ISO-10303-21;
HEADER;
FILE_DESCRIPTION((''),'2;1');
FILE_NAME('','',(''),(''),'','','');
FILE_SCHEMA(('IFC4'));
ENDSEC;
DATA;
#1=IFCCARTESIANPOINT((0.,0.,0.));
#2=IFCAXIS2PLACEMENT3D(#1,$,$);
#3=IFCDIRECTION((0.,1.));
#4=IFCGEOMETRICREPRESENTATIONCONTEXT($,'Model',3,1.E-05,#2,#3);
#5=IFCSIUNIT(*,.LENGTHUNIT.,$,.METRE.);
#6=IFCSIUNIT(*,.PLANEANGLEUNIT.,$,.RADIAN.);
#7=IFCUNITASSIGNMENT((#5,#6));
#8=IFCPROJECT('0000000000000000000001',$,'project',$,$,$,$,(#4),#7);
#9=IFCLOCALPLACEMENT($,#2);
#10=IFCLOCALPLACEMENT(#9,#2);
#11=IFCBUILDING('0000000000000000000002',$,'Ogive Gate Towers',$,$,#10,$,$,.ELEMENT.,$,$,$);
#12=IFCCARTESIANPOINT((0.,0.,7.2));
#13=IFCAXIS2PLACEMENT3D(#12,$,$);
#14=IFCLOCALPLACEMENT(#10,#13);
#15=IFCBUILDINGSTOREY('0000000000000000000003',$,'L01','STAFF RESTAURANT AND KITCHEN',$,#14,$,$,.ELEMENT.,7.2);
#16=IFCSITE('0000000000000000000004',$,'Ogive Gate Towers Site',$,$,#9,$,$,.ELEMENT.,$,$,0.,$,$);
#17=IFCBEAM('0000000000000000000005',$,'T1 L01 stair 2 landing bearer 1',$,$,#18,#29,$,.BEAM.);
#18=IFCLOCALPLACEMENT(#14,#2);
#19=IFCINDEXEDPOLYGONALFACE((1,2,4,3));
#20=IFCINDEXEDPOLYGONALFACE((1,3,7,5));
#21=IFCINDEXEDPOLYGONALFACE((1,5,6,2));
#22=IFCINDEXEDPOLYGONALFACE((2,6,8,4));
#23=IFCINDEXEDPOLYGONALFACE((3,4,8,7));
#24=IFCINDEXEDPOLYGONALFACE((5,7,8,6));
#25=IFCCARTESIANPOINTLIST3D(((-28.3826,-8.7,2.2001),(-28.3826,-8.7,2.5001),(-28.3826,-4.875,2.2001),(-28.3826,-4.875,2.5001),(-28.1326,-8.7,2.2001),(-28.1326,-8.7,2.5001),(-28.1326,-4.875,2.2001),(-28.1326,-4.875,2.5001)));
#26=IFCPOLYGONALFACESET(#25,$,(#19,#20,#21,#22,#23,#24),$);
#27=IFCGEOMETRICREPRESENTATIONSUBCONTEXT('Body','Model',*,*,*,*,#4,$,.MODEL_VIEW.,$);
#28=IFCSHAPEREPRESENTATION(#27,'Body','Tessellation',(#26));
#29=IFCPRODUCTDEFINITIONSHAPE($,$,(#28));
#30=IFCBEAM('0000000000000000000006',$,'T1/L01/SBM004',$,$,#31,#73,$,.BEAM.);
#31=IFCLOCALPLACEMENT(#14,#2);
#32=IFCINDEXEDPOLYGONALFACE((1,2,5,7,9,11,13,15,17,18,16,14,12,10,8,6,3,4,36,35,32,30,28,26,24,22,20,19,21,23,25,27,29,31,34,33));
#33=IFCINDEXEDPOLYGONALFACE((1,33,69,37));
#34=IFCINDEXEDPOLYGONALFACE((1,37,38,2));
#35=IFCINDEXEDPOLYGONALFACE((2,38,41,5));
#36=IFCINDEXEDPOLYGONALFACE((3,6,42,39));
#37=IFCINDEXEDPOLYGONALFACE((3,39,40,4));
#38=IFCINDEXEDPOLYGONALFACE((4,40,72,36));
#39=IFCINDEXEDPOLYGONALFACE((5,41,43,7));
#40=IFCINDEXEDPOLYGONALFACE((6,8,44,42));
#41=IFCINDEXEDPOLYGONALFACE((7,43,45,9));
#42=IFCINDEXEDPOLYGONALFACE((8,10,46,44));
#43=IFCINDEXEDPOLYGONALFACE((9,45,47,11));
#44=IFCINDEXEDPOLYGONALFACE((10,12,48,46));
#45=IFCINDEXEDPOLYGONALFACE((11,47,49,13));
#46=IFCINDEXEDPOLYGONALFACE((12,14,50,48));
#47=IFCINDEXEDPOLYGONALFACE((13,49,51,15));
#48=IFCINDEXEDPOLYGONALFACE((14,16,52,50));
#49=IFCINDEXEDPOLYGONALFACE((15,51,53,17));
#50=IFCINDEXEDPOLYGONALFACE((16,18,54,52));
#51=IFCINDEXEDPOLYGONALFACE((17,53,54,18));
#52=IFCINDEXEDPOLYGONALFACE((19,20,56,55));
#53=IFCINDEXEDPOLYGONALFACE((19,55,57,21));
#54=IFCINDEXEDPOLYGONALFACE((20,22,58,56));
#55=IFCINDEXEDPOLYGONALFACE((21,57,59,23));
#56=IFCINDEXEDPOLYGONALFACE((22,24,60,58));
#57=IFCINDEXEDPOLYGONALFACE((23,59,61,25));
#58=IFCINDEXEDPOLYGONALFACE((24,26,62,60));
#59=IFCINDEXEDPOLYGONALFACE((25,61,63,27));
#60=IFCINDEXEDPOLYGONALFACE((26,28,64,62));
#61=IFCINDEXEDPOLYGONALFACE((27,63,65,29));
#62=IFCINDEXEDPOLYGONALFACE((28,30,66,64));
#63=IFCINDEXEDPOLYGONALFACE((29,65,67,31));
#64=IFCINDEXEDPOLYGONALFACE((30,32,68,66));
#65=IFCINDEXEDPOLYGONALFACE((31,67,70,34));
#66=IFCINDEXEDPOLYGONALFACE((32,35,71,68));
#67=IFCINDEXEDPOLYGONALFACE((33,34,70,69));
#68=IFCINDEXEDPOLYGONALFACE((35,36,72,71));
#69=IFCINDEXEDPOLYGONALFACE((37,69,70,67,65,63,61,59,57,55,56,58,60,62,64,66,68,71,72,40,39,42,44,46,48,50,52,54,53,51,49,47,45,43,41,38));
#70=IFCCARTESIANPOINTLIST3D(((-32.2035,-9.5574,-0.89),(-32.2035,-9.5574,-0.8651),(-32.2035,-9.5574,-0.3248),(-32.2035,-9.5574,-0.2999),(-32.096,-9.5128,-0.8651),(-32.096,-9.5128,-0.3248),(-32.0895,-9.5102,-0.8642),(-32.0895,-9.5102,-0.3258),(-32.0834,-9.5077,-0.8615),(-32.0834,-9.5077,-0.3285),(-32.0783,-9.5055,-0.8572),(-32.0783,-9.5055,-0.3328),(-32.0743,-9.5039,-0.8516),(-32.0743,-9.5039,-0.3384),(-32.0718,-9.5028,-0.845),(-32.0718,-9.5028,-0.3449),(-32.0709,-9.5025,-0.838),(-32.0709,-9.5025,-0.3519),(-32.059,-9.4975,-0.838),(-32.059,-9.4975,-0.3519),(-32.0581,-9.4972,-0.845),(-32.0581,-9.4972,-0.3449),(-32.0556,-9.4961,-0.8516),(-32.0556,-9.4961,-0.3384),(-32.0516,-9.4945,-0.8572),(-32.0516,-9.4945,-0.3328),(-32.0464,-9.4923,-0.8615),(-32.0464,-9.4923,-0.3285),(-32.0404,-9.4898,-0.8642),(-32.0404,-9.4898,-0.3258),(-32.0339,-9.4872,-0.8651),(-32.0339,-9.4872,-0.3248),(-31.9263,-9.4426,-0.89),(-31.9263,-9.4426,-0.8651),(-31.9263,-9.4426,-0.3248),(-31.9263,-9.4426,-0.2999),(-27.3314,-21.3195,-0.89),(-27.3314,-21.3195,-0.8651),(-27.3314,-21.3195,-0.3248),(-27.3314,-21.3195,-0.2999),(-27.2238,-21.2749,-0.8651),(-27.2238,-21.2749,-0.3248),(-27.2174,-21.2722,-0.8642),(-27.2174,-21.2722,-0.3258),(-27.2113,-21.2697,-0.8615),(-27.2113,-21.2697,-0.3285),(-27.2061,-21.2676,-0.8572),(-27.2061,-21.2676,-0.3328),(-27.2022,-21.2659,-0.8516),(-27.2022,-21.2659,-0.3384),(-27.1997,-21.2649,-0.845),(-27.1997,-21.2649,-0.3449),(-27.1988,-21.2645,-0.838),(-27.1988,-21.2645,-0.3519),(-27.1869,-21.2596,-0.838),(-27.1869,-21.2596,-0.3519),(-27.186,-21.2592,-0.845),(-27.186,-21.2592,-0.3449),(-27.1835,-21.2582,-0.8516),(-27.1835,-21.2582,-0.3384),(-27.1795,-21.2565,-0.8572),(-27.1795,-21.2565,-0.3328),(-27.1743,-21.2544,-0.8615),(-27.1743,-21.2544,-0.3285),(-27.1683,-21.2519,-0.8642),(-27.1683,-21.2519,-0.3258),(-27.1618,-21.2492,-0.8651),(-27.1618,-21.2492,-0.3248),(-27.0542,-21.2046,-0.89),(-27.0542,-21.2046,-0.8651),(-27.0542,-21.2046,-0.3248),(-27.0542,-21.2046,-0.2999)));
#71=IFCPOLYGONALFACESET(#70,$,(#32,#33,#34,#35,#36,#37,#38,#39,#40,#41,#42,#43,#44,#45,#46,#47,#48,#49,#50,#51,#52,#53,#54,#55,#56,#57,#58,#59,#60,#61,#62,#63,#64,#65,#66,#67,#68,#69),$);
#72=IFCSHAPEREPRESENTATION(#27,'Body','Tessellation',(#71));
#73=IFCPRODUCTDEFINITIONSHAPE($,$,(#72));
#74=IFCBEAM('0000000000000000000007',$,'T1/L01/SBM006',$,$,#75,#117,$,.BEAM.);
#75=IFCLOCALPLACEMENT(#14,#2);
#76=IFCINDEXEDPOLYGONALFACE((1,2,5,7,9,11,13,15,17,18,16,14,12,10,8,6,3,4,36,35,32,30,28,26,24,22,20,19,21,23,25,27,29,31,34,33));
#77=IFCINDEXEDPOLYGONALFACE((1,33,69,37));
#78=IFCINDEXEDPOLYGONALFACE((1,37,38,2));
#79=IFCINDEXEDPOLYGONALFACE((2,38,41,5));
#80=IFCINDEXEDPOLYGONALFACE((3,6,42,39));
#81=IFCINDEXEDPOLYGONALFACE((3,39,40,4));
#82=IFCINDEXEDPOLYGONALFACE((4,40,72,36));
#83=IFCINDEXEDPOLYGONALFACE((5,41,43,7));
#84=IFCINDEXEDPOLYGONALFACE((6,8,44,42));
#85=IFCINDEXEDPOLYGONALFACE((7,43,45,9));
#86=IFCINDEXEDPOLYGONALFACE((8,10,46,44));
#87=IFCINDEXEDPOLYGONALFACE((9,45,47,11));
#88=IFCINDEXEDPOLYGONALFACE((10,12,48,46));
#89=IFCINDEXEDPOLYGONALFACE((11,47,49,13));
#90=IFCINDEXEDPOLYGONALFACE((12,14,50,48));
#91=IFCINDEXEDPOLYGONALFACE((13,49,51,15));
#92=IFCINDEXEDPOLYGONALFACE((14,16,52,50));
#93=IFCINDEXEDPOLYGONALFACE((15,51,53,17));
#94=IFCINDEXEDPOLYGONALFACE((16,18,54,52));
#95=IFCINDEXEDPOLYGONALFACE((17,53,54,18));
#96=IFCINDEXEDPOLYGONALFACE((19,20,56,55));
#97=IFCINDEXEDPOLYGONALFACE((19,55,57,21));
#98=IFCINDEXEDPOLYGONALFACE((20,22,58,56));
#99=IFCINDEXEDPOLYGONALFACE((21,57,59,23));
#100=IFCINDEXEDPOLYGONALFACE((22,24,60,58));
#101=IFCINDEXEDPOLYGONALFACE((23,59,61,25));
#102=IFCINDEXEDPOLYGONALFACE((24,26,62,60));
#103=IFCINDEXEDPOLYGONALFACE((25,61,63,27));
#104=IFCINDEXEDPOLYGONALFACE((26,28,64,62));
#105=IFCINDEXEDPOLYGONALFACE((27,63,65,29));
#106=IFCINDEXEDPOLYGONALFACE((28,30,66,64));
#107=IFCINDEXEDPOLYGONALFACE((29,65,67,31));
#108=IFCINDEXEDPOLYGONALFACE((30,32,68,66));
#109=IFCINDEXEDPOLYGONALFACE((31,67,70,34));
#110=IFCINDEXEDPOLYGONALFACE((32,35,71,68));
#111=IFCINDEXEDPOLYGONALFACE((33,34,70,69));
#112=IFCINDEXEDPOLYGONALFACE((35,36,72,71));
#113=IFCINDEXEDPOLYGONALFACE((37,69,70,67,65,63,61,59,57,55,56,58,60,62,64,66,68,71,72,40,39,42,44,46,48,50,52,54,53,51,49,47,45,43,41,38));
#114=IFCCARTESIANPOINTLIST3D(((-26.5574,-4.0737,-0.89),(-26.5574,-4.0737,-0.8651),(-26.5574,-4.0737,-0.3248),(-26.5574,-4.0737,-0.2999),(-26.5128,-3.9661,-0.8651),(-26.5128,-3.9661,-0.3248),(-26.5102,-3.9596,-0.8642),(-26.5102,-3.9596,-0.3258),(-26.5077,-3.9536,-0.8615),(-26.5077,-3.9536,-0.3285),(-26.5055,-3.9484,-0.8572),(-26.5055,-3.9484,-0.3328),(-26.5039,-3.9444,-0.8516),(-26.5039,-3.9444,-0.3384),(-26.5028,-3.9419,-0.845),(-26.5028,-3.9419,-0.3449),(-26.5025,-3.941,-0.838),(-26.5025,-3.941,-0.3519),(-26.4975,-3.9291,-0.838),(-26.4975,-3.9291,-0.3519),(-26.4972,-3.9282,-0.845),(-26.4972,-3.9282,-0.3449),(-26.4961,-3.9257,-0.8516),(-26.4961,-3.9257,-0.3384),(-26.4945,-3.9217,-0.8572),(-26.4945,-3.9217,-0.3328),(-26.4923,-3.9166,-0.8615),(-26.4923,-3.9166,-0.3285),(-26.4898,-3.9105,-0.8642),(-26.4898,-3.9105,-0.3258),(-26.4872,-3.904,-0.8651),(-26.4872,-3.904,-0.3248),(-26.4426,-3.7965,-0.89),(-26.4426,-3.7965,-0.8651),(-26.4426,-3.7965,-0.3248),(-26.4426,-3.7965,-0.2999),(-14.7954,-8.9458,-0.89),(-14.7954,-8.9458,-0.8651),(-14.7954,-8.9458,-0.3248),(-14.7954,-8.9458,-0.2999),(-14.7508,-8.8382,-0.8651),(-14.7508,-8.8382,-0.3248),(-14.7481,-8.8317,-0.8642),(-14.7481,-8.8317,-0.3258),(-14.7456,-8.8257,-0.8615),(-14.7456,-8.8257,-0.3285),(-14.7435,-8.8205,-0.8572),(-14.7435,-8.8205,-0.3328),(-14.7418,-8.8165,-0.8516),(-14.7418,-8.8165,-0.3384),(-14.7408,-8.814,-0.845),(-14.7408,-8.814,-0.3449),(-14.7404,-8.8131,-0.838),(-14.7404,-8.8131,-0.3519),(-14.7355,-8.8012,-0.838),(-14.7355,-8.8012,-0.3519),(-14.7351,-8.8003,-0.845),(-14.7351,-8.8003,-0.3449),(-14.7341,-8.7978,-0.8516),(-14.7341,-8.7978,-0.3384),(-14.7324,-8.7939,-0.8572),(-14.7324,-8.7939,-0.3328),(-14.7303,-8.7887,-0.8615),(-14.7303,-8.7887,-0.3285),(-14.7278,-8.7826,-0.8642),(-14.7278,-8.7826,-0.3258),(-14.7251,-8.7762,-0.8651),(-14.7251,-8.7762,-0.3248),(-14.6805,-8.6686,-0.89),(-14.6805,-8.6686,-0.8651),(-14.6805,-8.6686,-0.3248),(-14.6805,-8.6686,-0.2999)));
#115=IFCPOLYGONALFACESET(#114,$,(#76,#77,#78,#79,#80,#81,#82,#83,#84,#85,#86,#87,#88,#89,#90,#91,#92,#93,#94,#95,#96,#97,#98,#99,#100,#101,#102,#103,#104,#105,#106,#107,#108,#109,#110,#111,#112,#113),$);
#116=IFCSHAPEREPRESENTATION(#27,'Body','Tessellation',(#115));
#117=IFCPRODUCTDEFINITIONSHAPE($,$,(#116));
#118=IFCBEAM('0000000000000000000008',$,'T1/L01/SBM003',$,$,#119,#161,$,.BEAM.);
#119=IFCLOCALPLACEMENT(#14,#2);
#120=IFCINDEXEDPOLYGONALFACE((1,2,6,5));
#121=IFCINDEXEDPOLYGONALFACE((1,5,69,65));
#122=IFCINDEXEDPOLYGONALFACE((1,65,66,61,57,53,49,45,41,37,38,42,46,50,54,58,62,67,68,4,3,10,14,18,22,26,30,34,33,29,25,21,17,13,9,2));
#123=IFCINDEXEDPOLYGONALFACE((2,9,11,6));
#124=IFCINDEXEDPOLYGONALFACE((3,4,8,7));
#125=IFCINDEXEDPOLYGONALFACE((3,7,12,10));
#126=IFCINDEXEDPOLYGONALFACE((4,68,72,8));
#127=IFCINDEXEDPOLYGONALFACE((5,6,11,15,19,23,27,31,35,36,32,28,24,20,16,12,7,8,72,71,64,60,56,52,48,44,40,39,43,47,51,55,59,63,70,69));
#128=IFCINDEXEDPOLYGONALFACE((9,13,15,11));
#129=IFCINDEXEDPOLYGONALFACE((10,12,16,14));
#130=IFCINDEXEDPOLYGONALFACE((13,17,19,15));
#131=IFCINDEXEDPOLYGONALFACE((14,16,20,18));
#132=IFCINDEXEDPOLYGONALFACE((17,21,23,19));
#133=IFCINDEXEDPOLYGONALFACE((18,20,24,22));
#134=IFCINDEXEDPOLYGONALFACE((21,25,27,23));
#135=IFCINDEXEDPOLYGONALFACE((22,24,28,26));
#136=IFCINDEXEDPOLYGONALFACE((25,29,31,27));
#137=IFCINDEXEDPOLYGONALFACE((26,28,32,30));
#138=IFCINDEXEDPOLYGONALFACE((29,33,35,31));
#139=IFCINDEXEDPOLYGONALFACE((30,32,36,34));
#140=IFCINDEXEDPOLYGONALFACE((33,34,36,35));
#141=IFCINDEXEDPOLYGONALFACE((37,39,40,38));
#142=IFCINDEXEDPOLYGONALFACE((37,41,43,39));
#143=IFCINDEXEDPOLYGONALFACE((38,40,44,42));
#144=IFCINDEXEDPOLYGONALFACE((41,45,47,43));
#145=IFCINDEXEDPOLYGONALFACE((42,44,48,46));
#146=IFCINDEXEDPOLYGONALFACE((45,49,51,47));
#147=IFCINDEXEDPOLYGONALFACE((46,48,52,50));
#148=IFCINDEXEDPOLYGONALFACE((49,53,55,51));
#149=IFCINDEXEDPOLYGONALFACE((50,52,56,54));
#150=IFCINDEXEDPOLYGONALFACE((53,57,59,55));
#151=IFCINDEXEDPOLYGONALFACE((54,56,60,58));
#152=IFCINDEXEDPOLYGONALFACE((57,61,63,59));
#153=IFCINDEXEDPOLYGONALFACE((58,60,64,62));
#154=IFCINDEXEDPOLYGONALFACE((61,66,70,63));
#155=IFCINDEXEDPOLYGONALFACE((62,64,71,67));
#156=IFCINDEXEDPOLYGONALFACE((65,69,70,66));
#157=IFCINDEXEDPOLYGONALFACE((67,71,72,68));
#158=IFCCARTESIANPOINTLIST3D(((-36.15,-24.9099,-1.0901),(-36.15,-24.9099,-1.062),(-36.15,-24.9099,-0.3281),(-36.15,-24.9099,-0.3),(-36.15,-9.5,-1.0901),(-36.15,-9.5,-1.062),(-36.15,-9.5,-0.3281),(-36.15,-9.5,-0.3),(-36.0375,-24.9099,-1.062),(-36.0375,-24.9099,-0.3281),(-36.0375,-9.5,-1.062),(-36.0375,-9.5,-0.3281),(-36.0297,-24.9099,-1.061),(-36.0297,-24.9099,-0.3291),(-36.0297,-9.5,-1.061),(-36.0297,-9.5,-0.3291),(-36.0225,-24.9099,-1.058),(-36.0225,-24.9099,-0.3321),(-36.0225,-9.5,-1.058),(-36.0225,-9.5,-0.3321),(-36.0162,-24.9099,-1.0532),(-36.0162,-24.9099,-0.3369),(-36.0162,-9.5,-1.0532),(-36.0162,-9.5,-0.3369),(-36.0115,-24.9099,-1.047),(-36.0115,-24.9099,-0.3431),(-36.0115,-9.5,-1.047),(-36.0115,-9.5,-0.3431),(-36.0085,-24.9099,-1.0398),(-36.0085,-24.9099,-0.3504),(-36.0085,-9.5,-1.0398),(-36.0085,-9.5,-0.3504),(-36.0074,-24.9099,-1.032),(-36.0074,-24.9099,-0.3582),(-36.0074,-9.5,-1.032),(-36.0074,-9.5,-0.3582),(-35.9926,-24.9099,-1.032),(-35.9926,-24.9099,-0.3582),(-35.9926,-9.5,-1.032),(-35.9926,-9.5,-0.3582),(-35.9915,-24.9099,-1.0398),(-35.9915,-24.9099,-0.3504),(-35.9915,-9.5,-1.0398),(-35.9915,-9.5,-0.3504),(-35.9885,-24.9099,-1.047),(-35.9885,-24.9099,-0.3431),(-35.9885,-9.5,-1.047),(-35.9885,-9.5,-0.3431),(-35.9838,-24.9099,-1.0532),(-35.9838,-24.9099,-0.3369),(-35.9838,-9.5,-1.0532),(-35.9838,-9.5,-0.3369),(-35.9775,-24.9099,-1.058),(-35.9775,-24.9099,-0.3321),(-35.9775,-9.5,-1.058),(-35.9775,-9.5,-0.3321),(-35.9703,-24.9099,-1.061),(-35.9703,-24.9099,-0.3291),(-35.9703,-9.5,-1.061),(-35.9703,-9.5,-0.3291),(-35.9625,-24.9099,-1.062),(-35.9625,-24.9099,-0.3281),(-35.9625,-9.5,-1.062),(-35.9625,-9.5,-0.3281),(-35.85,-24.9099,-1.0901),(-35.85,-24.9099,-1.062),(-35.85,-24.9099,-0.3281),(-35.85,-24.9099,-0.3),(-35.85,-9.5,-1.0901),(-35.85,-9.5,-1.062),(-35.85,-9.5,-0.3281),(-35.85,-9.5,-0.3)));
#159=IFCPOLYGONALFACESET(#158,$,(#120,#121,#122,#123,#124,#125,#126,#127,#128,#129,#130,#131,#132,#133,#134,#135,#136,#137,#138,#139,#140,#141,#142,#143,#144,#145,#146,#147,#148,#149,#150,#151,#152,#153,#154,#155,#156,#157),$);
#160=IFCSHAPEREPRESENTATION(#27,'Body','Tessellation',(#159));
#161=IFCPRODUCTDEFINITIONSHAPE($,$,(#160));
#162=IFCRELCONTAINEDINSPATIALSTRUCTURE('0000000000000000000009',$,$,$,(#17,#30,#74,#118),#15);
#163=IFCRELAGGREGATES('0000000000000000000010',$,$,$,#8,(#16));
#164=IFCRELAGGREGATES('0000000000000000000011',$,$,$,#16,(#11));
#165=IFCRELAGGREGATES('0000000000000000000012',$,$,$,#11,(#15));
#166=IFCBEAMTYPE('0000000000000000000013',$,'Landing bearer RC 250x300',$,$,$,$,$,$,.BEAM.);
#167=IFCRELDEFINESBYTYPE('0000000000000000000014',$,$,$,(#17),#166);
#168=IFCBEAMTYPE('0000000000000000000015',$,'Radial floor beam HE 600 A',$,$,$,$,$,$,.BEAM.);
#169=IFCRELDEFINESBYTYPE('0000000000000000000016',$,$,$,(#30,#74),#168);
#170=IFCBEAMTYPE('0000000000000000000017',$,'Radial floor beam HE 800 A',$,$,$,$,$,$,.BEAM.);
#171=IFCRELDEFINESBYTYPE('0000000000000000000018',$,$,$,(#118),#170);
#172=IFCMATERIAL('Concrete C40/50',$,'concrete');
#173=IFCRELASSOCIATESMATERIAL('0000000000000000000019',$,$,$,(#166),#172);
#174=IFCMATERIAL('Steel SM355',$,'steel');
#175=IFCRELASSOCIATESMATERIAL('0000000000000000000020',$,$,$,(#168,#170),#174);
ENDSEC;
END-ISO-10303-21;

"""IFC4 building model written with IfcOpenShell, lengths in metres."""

from ifc_helpers import new_model, si_unit, direction, frame, origin, origin_2d, place, context, subcontext, project, spatial, rectangle, i_section, extrude, material, material_profile, profile_set, type_object, element, save


model = new_model("IFC4")

# Units and contexts
model_context = context("Model", 3, precision=1e-05, world=origin(), true_north=direction((0.0, 1.0)))
body_context = subcontext(model_context, "Body", "Model", "MODEL_VIEW")
ifc_project = project(units=[si_unit("LENGTHUNIT", "METRE"), si_unit("PLANEANGLEUNIT", "RADIAN")], contexts=[model_context])

# Site, building, storey
site_placement = place(None, origin())
site = spatial("IfcSite", under=ifc_project, at=site_placement, Name="Ogive Gate Towers Site", CompositionType="ELEMENT", RefElevation=0.0)
building_placement = place(site_placement, origin())
building = spatial("IfcBuilding", under=site, at=building_placement, Name="Ogive Gate Towers", CompositionType="ELEMENT")
storey_placement = place(building_placement, frame((0.0, 0.0, 7.2)))
storey = spatial("IfcBuildingStorey", under=building, at=storey_placement, Name="L01", Description="STAFF RESTAURANT AND KITCHEN", CompositionType="ELEMENT", Elevation=7.2)

# Beams
ifc_material_1 = material(Name="Concrete C40/50", Category="concrete")
ifc_material_profile_1 = material_profile(ifc_material_1, rectangle(XDim=0.25, YDim=0.3, at=origin_2d()), Name="RC 250x300")
ifc_profile_set_1 = profile_set([ifc_material_profile_1], Name="Concrete C40/50")
beam_type_1 = type_object("IfcBeamType", Name="Landing bearer RC 250x300", PredefinedType="BEAM", material=ifc_profile_set_1)
beam_1_placement = place(storey_placement, frame((-28.2576, -8.7, 2.3501), z_axis=(0.0, 1.0, 0.0), x_axis=(-1.0, 0.0, 0.0)))
element("IfcBeam", 1, at=beam_1_placement, inside=storey, type_object=beam_type_1, Name="T1 L01 stair 2 landing bearer 1", PredefinedType="BEAM", context=body_context, shape_type="SweptSolid", body=[
    extrude(rectangle(XDim=0.25, YDim=0.3, at=origin_2d()), origin(), (0.0, 0.0, 1.0), 3.825),
])
ifc_material_2 = material(Name="Steel SM355", Category="steel")
ifc_material_profile_2 = material_profile(ifc_material_2, i_section(OverallWidth=0.3, OverallDepth=0.5901, WebThickness=0.0129, FlangeThickness=0.0249, FilletRadius=0.0271, at=origin_2d()), Name="HE 600 A")
ifc_profile_set_2 = profile_set([ifc_material_profile_2], Name="Steel SM355")
beam_type_2 = type_object("IfcBeamType", Name="Radial floor beam HE 600 A", PredefinedType="BEAM", material=ifc_profile_set_2)
for number, where, z_axis, x_axis, name in (
    (2, (-32.0649, -9.5, -0.595), (0.382691, -0.923877, 0.0), (0.923877, 0.382691, 0.0), "T1/L01/SBM004"),
    (3, (-26.5, -3.9351, -0.595), (0.923877, -0.382691, 0.0), (0.382691, 0.923877, 0.0), "T1/L01/SBM006"),
):
    element("IfcBeam", number, at=place(storey_placement, frame(where, z_axis=z_axis, x_axis=x_axis)), inside=storey, type_object=beam_type_2, Name=name, PredefinedType="BEAM", context=body_context, shape_type="SweptSolid", body=[
        extrude(i_section(OverallWidth=0.3, OverallDepth=0.5901, WebThickness=0.0129, FlangeThickness=0.0249, FilletRadius=0.0271, at=origin_2d()), origin(), (0.0, 0.0, 1.0), 12.7312),
    ])
ifc_material_profile_3 = material_profile(ifc_material_2, i_section(OverallWidth=0.3, OverallDepth=0.79, WebThickness=0.0149, FlangeThickness=0.0281, FilletRadius=0.03, at=origin_2d()), Name="HE 800 A")
ifc_profile_set_3 = profile_set([ifc_material_profile_3], Name="Steel SM355")
beam_type_3 = type_object("IfcBeamType", Name="Radial floor beam HE 800 A", PredefinedType="BEAM", material=ifc_profile_set_3)
beam_2_placement = place(storey_placement, frame((-36.0, -9.5, -0.6951), z_axis=(0.0, -1.0, 0.0), x_axis=(1.0, 0.0, 0.0)))
element("IfcBeam", 4, at=beam_2_placement, inside=storey, type_object=beam_type_3, Name="T1/L01/SBM003", PredefinedType="BEAM", context=body_context, shape_type="SweptSolid", body=[
    extrude(i_section(OverallWidth=0.3, OverallDepth=0.79, WebThickness=0.0149, FlangeThickness=0.0281, FilletRadius=0.03, at=origin_2d()), origin(), (0.0, 0.0, 1.0), 15.4099),
])

save(model, "model.ifc")
